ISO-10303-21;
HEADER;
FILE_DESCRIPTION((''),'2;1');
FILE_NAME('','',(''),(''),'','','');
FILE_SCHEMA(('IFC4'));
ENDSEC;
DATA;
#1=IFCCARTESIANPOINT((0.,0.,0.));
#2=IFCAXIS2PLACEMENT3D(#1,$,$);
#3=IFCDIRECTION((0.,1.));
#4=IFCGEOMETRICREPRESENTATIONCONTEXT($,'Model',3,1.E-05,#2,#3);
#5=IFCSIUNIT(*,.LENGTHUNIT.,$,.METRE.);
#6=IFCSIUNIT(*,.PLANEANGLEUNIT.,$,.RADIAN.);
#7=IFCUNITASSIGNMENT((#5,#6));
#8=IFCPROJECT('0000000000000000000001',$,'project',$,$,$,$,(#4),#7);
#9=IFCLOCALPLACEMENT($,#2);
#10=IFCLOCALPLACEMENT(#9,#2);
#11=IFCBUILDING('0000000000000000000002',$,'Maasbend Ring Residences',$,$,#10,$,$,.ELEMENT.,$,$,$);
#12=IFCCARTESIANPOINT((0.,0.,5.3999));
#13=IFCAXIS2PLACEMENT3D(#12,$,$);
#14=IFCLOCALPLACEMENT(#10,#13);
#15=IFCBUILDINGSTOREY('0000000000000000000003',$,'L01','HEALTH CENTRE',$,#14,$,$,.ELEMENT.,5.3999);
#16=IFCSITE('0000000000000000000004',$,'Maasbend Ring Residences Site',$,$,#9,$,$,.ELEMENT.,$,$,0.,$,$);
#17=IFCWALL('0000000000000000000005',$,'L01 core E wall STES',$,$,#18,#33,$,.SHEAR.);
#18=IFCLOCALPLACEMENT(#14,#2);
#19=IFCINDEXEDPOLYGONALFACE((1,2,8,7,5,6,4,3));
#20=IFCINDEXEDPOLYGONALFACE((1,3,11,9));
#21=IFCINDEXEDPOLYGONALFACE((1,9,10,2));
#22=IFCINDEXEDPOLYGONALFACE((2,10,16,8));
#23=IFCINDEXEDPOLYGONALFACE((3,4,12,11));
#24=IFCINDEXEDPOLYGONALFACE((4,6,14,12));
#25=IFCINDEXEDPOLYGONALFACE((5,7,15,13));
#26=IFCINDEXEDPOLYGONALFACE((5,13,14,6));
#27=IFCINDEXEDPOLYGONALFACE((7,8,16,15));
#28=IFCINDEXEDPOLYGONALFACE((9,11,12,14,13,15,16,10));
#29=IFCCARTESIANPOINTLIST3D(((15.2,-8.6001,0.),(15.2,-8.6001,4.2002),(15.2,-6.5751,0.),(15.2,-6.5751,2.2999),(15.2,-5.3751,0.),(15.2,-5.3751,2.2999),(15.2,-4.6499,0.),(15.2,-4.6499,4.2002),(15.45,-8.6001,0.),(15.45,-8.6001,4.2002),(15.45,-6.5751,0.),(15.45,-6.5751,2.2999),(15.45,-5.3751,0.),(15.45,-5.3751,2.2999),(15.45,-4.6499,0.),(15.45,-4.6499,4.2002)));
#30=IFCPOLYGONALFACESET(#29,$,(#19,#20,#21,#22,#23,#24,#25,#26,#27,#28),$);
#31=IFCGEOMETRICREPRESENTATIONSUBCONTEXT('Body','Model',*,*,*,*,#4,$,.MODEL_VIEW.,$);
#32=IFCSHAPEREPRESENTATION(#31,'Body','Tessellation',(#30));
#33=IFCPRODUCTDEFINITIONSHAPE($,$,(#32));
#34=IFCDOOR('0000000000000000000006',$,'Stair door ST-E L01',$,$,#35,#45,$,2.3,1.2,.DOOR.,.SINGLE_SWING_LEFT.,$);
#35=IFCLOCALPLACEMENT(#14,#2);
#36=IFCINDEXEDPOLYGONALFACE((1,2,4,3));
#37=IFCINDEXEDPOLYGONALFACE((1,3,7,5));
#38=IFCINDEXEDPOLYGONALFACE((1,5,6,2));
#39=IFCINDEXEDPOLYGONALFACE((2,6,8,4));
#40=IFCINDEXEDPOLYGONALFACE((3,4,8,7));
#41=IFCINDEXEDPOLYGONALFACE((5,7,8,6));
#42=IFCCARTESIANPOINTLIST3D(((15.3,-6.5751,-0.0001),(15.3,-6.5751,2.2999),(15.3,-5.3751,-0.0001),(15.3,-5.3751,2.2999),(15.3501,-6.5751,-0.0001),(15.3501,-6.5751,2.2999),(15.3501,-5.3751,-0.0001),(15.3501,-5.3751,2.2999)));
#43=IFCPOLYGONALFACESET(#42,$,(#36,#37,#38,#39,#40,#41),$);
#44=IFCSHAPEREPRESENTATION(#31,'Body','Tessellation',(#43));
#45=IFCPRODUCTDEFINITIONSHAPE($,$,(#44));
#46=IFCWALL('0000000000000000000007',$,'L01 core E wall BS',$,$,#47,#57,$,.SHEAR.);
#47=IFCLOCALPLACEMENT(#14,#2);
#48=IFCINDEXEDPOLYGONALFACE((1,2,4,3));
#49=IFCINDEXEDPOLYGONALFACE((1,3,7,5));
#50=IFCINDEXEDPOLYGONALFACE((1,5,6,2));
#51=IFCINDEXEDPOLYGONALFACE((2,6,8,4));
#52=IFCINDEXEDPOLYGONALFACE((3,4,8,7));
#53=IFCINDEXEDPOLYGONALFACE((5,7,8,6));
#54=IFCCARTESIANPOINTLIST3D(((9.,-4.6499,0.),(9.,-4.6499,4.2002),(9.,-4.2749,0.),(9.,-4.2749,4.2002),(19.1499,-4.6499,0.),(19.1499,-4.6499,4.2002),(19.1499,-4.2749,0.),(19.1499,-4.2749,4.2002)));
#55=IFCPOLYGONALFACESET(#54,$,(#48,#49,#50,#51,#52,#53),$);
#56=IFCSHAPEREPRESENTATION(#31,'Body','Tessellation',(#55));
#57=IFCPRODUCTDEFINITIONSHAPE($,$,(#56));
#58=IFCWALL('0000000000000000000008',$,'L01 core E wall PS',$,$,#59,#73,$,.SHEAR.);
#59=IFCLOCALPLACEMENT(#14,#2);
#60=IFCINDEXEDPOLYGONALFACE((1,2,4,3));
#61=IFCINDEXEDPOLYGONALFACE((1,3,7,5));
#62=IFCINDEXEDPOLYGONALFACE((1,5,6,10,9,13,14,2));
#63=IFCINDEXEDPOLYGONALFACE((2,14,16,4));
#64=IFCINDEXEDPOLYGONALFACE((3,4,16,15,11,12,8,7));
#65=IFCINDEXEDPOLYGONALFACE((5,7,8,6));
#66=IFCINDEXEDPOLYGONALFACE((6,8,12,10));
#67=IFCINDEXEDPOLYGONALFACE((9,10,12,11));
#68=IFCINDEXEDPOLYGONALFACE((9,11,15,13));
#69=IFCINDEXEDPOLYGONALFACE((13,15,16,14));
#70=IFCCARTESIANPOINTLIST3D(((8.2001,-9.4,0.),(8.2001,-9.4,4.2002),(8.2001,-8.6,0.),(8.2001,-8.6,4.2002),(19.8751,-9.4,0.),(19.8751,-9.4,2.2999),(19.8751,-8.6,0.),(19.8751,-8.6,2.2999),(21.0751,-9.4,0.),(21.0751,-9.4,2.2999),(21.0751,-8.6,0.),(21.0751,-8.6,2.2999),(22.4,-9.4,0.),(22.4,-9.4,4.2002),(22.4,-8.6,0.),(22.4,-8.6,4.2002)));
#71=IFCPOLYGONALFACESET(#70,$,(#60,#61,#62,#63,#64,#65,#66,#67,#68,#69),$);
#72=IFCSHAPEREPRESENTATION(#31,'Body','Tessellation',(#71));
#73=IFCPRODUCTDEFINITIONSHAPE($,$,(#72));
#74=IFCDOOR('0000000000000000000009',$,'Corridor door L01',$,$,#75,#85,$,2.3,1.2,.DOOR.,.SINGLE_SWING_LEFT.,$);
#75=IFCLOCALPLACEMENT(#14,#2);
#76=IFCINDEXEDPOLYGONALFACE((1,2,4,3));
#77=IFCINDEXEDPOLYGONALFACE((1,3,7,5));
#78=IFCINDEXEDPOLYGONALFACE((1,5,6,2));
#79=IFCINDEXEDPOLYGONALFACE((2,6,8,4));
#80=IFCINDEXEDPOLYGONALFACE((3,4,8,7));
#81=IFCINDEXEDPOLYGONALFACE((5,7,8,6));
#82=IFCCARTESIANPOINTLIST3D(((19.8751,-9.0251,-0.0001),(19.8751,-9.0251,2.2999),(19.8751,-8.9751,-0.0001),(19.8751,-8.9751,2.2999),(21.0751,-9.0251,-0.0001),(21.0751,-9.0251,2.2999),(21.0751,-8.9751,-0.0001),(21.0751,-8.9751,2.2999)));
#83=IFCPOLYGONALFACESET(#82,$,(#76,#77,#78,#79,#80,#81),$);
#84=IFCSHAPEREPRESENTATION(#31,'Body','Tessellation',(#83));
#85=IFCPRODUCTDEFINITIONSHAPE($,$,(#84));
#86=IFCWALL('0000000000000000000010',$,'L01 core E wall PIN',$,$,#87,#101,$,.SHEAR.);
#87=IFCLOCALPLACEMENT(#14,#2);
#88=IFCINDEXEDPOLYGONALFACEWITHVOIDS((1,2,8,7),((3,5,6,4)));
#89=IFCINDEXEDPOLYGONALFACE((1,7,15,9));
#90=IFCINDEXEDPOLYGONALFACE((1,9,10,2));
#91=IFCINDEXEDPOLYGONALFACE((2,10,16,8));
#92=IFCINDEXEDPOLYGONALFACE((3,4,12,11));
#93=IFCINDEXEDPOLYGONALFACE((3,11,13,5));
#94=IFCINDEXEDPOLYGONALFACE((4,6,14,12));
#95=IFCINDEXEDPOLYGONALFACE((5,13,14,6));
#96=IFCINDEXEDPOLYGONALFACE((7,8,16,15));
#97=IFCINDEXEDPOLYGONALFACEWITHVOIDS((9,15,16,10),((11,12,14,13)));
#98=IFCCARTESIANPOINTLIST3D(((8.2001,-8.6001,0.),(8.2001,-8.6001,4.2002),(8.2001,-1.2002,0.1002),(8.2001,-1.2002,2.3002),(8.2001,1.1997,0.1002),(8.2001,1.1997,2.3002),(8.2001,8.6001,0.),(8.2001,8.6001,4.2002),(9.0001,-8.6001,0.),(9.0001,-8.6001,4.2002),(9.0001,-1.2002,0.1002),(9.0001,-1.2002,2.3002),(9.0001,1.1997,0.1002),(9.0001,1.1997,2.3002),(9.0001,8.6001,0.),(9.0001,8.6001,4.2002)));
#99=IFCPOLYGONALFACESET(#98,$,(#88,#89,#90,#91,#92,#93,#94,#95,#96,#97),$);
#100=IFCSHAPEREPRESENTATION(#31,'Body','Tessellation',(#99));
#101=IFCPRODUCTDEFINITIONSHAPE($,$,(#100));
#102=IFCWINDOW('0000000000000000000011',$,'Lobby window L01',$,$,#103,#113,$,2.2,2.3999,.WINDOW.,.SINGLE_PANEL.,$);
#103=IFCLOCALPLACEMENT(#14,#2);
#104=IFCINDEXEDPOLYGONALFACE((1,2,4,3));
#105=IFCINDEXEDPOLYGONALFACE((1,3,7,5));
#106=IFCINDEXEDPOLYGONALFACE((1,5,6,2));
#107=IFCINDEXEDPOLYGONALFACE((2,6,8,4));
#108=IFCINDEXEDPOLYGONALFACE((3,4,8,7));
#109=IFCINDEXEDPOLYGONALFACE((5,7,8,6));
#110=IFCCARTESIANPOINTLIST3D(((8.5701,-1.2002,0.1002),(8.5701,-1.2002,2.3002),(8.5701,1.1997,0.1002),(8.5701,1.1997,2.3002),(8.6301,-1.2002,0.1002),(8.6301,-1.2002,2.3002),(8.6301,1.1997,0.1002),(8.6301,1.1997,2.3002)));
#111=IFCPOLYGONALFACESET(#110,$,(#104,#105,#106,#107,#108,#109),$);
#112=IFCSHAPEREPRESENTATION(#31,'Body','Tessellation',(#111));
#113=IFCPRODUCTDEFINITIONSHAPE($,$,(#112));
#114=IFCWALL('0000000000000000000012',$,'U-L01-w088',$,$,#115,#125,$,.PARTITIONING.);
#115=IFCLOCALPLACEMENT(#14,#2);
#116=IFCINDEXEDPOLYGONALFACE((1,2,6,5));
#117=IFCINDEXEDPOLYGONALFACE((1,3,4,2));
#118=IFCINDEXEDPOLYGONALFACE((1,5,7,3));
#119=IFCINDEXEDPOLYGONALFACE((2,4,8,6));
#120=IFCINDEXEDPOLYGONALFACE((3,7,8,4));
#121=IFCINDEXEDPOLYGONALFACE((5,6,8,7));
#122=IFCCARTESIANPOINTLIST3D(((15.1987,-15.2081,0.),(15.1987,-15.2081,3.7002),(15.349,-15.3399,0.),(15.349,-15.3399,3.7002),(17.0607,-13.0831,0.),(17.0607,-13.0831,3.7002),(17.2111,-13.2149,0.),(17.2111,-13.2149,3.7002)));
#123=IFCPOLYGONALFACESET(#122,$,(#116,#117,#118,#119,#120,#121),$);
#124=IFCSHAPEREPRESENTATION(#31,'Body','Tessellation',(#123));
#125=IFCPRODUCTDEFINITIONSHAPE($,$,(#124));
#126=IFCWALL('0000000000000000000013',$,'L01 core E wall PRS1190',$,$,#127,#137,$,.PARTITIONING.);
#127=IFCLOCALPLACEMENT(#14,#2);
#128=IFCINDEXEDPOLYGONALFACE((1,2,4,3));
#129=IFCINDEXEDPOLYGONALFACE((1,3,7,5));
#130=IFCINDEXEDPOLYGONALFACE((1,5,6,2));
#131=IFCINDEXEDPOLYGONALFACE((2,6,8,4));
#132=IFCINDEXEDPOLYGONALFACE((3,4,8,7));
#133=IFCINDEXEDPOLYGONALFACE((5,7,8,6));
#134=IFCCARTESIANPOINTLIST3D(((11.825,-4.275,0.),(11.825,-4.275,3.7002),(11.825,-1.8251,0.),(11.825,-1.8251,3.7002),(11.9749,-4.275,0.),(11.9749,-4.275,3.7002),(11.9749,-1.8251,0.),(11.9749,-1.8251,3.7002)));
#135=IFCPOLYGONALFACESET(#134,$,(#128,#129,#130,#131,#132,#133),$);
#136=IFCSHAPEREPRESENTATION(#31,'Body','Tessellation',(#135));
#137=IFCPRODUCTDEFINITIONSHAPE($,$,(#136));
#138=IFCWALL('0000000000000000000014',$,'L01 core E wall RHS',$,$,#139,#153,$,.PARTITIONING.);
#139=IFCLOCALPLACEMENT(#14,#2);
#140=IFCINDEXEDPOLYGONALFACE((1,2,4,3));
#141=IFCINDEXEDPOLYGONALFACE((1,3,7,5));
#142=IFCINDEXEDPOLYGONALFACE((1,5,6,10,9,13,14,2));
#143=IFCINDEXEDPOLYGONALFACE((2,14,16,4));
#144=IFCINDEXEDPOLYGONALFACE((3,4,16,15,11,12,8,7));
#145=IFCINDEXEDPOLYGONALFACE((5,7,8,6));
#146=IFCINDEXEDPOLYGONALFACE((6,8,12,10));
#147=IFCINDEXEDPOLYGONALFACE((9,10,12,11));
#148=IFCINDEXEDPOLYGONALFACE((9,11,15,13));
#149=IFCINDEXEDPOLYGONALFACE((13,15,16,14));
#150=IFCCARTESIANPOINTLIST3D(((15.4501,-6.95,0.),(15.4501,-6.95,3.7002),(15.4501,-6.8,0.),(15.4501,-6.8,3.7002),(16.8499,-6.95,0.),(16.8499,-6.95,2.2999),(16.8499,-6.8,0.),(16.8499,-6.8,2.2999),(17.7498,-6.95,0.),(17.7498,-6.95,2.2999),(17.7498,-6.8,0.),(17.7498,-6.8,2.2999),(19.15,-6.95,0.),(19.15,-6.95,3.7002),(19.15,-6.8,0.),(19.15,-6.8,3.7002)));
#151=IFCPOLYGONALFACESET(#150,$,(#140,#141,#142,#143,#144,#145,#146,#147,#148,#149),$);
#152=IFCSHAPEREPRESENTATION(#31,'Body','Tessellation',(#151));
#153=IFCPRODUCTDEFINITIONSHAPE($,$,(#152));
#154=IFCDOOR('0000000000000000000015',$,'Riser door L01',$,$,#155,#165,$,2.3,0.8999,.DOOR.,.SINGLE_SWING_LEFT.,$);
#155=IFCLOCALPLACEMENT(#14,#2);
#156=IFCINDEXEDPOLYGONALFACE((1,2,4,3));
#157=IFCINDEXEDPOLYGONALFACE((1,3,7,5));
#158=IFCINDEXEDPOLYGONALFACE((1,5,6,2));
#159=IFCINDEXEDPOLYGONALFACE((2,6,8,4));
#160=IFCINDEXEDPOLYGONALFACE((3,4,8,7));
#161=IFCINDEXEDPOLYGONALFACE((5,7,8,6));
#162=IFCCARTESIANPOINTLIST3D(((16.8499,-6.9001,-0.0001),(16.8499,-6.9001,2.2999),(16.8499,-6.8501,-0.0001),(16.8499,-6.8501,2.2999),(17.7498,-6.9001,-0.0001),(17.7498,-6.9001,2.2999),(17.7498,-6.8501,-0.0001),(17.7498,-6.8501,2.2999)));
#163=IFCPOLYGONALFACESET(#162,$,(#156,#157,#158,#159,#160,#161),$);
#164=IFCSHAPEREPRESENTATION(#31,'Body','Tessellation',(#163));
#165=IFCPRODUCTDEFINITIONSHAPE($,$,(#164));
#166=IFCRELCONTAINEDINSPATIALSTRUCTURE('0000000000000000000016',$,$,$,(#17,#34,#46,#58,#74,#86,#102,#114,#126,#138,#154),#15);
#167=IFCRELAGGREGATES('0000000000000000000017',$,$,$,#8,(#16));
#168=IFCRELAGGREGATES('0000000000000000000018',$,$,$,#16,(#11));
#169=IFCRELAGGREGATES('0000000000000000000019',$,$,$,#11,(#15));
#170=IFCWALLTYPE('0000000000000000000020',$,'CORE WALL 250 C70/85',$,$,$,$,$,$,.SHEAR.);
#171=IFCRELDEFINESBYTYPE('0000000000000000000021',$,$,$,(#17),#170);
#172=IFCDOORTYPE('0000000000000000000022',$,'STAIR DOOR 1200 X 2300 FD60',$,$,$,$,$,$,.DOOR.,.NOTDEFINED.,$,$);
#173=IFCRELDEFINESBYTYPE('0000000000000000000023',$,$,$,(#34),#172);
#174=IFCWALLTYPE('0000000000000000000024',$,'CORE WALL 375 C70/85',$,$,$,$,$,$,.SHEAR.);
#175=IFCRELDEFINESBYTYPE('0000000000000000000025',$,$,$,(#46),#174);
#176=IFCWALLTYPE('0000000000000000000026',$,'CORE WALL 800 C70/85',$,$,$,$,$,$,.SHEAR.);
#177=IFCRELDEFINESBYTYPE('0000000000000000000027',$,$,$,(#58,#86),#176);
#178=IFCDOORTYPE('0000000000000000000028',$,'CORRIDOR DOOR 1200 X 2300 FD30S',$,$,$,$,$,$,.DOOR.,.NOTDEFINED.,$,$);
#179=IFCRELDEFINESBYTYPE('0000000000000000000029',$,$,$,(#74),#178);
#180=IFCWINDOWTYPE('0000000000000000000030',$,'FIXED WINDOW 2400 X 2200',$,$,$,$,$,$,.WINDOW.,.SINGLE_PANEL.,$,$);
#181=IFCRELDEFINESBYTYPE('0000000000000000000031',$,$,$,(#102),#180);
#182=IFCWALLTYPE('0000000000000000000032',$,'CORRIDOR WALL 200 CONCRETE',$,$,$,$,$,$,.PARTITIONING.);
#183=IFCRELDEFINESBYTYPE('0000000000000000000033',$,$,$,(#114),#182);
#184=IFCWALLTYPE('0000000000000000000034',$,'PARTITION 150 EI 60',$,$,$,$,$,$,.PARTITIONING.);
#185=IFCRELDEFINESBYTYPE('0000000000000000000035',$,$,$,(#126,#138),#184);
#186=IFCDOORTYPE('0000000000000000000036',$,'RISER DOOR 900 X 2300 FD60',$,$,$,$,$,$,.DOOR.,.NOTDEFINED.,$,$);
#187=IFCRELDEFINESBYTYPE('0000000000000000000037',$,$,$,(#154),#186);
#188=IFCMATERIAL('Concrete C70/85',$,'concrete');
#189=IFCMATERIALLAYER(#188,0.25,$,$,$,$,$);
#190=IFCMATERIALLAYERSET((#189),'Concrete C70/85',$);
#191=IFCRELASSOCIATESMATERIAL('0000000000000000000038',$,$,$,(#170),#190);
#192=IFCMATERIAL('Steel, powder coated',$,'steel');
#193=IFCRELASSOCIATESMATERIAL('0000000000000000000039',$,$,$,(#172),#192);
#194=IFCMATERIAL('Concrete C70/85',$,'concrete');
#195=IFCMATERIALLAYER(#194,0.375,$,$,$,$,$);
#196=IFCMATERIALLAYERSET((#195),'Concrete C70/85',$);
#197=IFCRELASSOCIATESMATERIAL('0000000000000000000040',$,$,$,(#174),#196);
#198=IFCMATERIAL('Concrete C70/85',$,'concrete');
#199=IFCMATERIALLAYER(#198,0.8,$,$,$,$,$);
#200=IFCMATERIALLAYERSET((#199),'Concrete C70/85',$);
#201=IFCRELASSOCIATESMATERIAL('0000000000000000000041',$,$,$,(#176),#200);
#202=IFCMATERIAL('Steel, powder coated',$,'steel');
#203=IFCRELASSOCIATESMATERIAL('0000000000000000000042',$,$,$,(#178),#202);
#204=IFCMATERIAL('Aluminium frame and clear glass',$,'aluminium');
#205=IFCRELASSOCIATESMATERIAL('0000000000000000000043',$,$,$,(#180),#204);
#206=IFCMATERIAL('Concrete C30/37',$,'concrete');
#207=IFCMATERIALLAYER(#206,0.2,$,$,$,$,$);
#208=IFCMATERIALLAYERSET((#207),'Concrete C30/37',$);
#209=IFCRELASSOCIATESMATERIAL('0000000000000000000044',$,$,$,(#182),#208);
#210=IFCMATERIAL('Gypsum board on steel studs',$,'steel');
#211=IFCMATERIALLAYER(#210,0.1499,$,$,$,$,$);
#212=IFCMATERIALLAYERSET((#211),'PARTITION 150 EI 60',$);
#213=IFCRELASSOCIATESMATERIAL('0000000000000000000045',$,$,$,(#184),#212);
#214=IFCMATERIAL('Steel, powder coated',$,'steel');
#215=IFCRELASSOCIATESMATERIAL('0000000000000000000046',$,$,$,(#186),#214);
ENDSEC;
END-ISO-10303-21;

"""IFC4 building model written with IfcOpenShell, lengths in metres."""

from ifc_helpers import new_model, si_unit, direction, frame, frame_2d, origin, place, context, subcontext, project, spatial, rectangle, extrude, material, layer, layer_set, type_object, element, fill, save


model = new_model("IFC4")

# Units and contexts
model_context = context("Model", 3, precision=1e-05, world=origin(), true_north=direction((0.0, 1.0)))
body_context = subcontext(model_context, "Body", "Model", "MODEL_VIEW")
ifc_project = project(units=[si_unit("LENGTHUNIT", "METRE"), si_unit("PLANEANGLEUNIT", "RADIAN")], contexts=[model_context])

# Site, building, storey
site_placement = place(None, origin())
site = spatial("IfcSite", under=ifc_project, at=site_placement, Name="Maasbend Ring Residences Site", CompositionType="ELEMENT", RefElevation=0.0)
building_placement = place(site_placement, origin())
building = spatial("IfcBuilding", under=site, at=building_placement, Name="Maasbend Ring Residences", CompositionType="ELEMENT")
storey_placement = place(building_placement, frame((0.0, 0.0, 5.3999)))
storey = spatial("IfcBuildingStorey", under=building, at=storey_placement, Name="L01", Description="HEALTH CENTRE", CompositionType="ELEMENT", Elevation=5.3999)

# Wall, opening, door
ifc_material_1 = material(Name="Concrete C70/85", Category="concrete")
ifc_layer_1 = layer(ifc_material_1, 0.25)
ifc_layer_set_1 = layer_set([ifc_layer_1], Name="Concrete C70/85")
wall_type_1 = type_object("IfcWallType", Name="CORE WALL 250 C70/85", PredefinedType="SHEAR", material=ifc_layer_set_1)
wall_1_placement = place(storey_placement, frame((15.325, -8.6001, 0.0), z_axis=(0.0, 0.0, 1.0), x_axis=(0.0, 1.0, 0.0)))
wall_1 = element("IfcWall", 1, at=wall_1_placement, inside=storey, type_object=wall_type_1, Name="L01 core E wall STES", PredefinedType="SHEAR", context=body_context, shape_type="SweptSolid", body=[
    extrude(rectangle(XDim=3.9502, YDim=0.25, at=frame_2d((1.9751, 0.0))), origin(), (0.0, 0.0, 1.0), 4.2002),
])
opening_1_placement = place(wall_1_placement, frame((2.0249, 0.0, 0.0)))
opening_1 = element("IfcOpeningElement", 2, at=opening_1_placement, cuts=wall_1, PredefinedType="OPENING", context=body_context, shape_type="SweptSolid", body=[
    extrude(rectangle(XDim=1.2, YDim=2.3, at=frame_2d((0.6001, 1.1499))), frame((0.0, 0.135, 0.0), z_axis=(0.0, -1.0, 0.0), x_axis=(1.0, 0.0, 0.0)), (0.0, 0.0, 1.0), 0.27),
])
ifc_material_2 = material(Name="Steel, powder coated", Category="steel")
door_type_1 = type_object("IfcDoorType", Name="STAIR DOOR 1200 X 2300 FD60", OperationType="NOTDEFINED", PredefinedType="DOOR", material=ifc_material_2)
door_1_placement = place(opening_1_placement, origin())
door_1 = element("IfcDoor", 3, at=door_1_placement, inside=storey, type_object=door_type_1, Name="Stair door ST-E L01", OperationType="SINGLE_SWING_LEFT", OverallHeight=2.3, OverallWidth=1.2, PredefinedType="DOOR", context=body_context, shape_type="SweptSolid", body=[
    extrude(rectangle(XDim=1.2, YDim=2.3, at=frame_2d((0.6001, 1.1499))), frame((0.0, 0.0249, 0.0), z_axis=(0.0, -1.0, 0.0), x_axis=(1.0, 0.0, 0.0)), (0.0, 0.0, 1.0), 0.05),
])
fill(opening_1, door_1)

# Wall
ifc_material_3 = material(Name="Concrete C70/85", Category="concrete")
ifc_layer_2 = layer(ifc_material_3, 0.375)
ifc_layer_set_2 = layer_set([ifc_layer_2], Name="Concrete C70/85")
wall_type_2 = type_object("IfcWallType", Name="CORE WALL 375 C70/85", PredefinedType="SHEAR", material=ifc_layer_set_2)
wall_2_placement = place(storey_placement, frame((9.0, -4.4624, 0.0), z_axis=(0.0, 0.0, 1.0), x_axis=(1.0, 0.0, 0.0)))
element("IfcWall", 4, at=wall_2_placement, inside=storey, type_object=wall_type_2, Name="L01 core E wall BS", PredefinedType="SHEAR", context=body_context, shape_type="SweptSolid", body=[
    extrude(rectangle(XDim=10.1499, YDim=0.375, at=frame_2d((5.075, 0.0))), origin(), (0.0, 0.0, 1.0), 4.2002),
])

# Wall, opening, door
ifc_material_4 = material(Name="Concrete C70/85", Category="concrete")
ifc_layer_3 = layer(ifc_material_4, 0.8)
ifc_layer_set_3 = layer_set([ifc_layer_3], Name="Concrete C70/85")
wall_type_3 = type_object("IfcWallType", Name="CORE WALL 800 C70/85", PredefinedType="SHEAR", material=ifc_layer_set_3)
wall_3_placement = place(storey_placement, frame((8.2, -9.0, 0.0), z_axis=(0.0, 0.0, 1.0), x_axis=(1.0, 0.0, 0.0)))
wall_3 = element("IfcWall", 5, at=wall_3_placement, inside=storey, type_object=wall_type_3, Name="L01 core E wall PS", PredefinedType="SHEAR", context=body_context, shape_type="SweptSolid", body=[
    extrude(rectangle(XDim=14.2, YDim=0.8, at=frame_2d((7.1001, 0.0))), origin(), (0.0, 0.0, 1.0), 4.2002),
])
opening_2_placement = place(wall_3_placement, frame((11.675, 0.0, 0.0)))
opening_2 = element("IfcOpeningElement", 6, at=opening_2_placement, cuts=wall_3, PredefinedType="OPENING", context=body_context, shape_type="SweptSolid", body=[
    extrude(rectangle(XDim=1.2, YDim=2.3, at=frame_2d((0.6001, 1.1499))), frame((0.0, 0.4102, 0.0), z_axis=(0.0, -1.0, 0.0), x_axis=(1.0, 0.0, 0.0)), (0.0, 0.0, 1.0), 0.8201),
])
ifc_material_5 = material(Name="Steel, powder coated", Category="steel")
door_type_2 = type_object("IfcDoorType", Name="CORRIDOR DOOR 1200 X 2300 FD30S", OperationType="NOTDEFINED", PredefinedType="DOOR", material=ifc_material_5)
door_2_placement = place(opening_2_placement, origin())
door_2 = element("IfcDoor", 7, at=door_2_placement, inside=storey, type_object=door_type_2, Name="Corridor door L01", OperationType="SINGLE_SWING_LEFT", OverallHeight=2.3, OverallWidth=1.2, PredefinedType="DOOR", context=body_context, shape_type="SweptSolid", body=[
    extrude(rectangle(XDim=1.2, YDim=2.3, at=frame_2d((0.6001, 1.1499))), frame((0.0, 0.0249, 0.0), z_axis=(0.0, -1.0, 0.0), x_axis=(1.0, 0.0, 0.0)), (0.0, 0.0, 1.0), 0.05),
])
fill(opening_2, door_2)

# Wall, opening, window
wall_4_placement = place(storey_placement, frame((8.6001, -8.6001, 0.0), z_axis=(0.0, 0.0, 1.0), x_axis=(0.0, 1.0, 0.0)))
wall_4 = element("IfcWall", 8, at=wall_4_placement, inside=storey, type_object=wall_type_3, Name="L01 core E wall PIN", PredefinedType="SHEAR", context=body_context, shape_type="SweptSolid", body=[
    extrude(rectangle(XDim=17.2002, YDim=0.8, at=frame_2d((8.6001, 0.0))), origin(), (0.0, 0.0, 1.0), 4.2002),
])
opening_3_placement = place(wall_4_placement, frame((7.3999, 0.0, 0.1001)))
opening_3 = element("IfcOpeningElement", 9, at=opening_3_placement, cuts=wall_4, PredefinedType="OPENING", context=body_context, shape_type="SweptSolid", body=[
    extrude(rectangle(XDim=2.3999, YDim=2.2, at=frame_2d((1.2, 1.1001))), frame((0.0, 0.4102, 0.0), z_axis=(0.0, -1.0, 0.0), x_axis=(1.0, 0.0, 0.0)), (0.0, 0.0, 1.0), 0.8201),
])
ifc_material_6 = material(Name="Aluminium frame and clear glass", Category="aluminium")
window_type = type_object("IfcWindowType", Name="FIXED WINDOW 2400 X 2200", PartitioningType="SINGLE_PANEL", PredefinedType="WINDOW", material=ifc_material_6)
window_placement = place(opening_3_placement, origin())
window = element("IfcWindow", 10, at=window_placement, inside=storey, type_object=window_type, Name="Lobby window L01", OverallHeight=2.2, OverallWidth=2.3999, PartitioningType="SINGLE_PANEL", PredefinedType="WINDOW", context=body_context, shape_type="SweptSolid", body=[
    extrude(rectangle(XDim=2.3999, YDim=2.2, at=frame_2d((1.2, 1.1001))), frame((0.0, 0.03, 0.0), z_axis=(0.0, -1.0, 0.0), x_axis=(1.0, 0.0, 0.0)), (0.0, 0.0, 1.0), 0.0601),
])
fill(opening_3, window)

# Walls
ifc_material_7 = material(Name="Concrete C30/37", Category="concrete")
ifc_layer_4 = layer(ifc_material_7, 0.2)
ifc_layer_set_4 = layer_set([ifc_layer_4], Name="Concrete C30/37")
wall_type_4 = type_object("IfcWallType", Name="CORRIDOR WALL 200 CONCRETE", PredefinedType="PARTITIONING", material=ifc_layer_set_4)
wall_5_placement = place(storey_placement, frame((15.2739, -15.2739, 0.0), z_axis=(0.0, 0.0, 1.0), x_axis=(0.659043, 0.752105, 0.0)))
element("IfcWall", 11, at=wall_5_placement, inside=storey, type_object=wall_type_4, Name="U-L01-w088", PredefinedType="PARTITIONING", context=body_context, shape_type="SweptSolid", body=[
    extrude(rectangle(XDim=2.8254, YDim=0.2, at=frame_2d((1.4126, 0.0))), origin(), (0.0, 0.0, 1.0), 3.7002),
])
ifc_material_8 = material(Name="Gypsum board on steel studs", Category="steel")
ifc_layer_5 = layer(ifc_material_8, 0.1499)
ifc_layer_set_5 = layer_set([ifc_layer_5], Name="PARTITION 150 EI 60")
wall_type_5 = type_object("IfcWallType", Name="PARTITION 150 EI 60", PredefinedType="PARTITIONING", material=ifc_layer_set_5)
wall_6_placement = place(storey_placement, frame((11.8999, -1.825, 0.0), z_axis=(0.0, 0.0, 1.0), x_axis=(0.0, -1.0, 0.0)))
element("IfcWall", 12, at=wall_6_placement, inside=storey, type_object=wall_type_5, Name="L01 core E wall PRS1190", PredefinedType="PARTITIONING", context=body_context, shape_type="SweptSolid", body=[
    extrude(rectangle(XDim=2.45, YDim=0.1499, at=frame_2d((1.2251, 0.0))), origin(), (0.0, 0.0, 1.0), 3.7002),
])

# Wall, opening, door
wall_7_placement = place(storey_placement, frame((15.45, -6.875, 0.0), z_axis=(0.0, 0.0, 1.0), x_axis=(1.0, 0.0, 0.0)))
wall_7 = element("IfcWall", 13, at=wall_7_placement, inside=storey, type_object=wall_type_5, Name="L01 core E wall RHS", PredefinedType="PARTITIONING", context=body_context, shape_type="SweptSolid", body=[
    extrude(rectangle(XDim=3.7, YDim=0.1499, at=frame_2d((1.8501, 0.0))), origin(), (0.0, 0.0, 1.0), 3.7002),
])
opening_4_placement = place(wall_7_placement, frame((1.3999, 0.0, 0.0)))
opening_4 = element("IfcOpeningElement", 14, at=opening_4_placement, cuts=wall_7, PredefinedType="OPENING", context=body_context, shape_type="SweptSolid", body=[
    extrude(rectangle(XDim=0.8999, YDim=2.3, at=frame_2d((0.45, 1.1499))), frame((0.0, 0.085, 0.0), z_axis=(0.0, -1.0, 0.0), x_axis=(1.0, 0.0, 0.0)), (0.0, 0.0, 1.0), 0.1699),
])
ifc_material_9 = material(Name="Steel, powder coated", Category="steel")
door_type_3 = type_object("IfcDoorType", Name="RISER DOOR 900 X 2300 FD60", OperationType="NOTDEFINED", PredefinedType="DOOR", material=ifc_material_9)
door_3_placement = place(opening_4_placement, origin())
door_3 = element("IfcDoor", 15, at=door_3_placement, inside=storey, type_object=door_type_3, Name="Riser door L01", OperationType="SINGLE_SWING_LEFT", OverallHeight=2.3, OverallWidth=0.8999, PredefinedType="DOOR", context=body_context, shape_type="SweptSolid", body=[
    extrude(rectangle(XDim=0.8999, YDim=2.3, at=frame_2d((0.45, 1.1499))), frame((0.0, 0.0249, 0.0), z_axis=(0.0, -1.0, 0.0), x_axis=(1.0, 0.0, 0.0)), (0.0, 0.0, 1.0), 0.05),
])
fill(opening_4, door_3)

save(model, "model.ifc")
